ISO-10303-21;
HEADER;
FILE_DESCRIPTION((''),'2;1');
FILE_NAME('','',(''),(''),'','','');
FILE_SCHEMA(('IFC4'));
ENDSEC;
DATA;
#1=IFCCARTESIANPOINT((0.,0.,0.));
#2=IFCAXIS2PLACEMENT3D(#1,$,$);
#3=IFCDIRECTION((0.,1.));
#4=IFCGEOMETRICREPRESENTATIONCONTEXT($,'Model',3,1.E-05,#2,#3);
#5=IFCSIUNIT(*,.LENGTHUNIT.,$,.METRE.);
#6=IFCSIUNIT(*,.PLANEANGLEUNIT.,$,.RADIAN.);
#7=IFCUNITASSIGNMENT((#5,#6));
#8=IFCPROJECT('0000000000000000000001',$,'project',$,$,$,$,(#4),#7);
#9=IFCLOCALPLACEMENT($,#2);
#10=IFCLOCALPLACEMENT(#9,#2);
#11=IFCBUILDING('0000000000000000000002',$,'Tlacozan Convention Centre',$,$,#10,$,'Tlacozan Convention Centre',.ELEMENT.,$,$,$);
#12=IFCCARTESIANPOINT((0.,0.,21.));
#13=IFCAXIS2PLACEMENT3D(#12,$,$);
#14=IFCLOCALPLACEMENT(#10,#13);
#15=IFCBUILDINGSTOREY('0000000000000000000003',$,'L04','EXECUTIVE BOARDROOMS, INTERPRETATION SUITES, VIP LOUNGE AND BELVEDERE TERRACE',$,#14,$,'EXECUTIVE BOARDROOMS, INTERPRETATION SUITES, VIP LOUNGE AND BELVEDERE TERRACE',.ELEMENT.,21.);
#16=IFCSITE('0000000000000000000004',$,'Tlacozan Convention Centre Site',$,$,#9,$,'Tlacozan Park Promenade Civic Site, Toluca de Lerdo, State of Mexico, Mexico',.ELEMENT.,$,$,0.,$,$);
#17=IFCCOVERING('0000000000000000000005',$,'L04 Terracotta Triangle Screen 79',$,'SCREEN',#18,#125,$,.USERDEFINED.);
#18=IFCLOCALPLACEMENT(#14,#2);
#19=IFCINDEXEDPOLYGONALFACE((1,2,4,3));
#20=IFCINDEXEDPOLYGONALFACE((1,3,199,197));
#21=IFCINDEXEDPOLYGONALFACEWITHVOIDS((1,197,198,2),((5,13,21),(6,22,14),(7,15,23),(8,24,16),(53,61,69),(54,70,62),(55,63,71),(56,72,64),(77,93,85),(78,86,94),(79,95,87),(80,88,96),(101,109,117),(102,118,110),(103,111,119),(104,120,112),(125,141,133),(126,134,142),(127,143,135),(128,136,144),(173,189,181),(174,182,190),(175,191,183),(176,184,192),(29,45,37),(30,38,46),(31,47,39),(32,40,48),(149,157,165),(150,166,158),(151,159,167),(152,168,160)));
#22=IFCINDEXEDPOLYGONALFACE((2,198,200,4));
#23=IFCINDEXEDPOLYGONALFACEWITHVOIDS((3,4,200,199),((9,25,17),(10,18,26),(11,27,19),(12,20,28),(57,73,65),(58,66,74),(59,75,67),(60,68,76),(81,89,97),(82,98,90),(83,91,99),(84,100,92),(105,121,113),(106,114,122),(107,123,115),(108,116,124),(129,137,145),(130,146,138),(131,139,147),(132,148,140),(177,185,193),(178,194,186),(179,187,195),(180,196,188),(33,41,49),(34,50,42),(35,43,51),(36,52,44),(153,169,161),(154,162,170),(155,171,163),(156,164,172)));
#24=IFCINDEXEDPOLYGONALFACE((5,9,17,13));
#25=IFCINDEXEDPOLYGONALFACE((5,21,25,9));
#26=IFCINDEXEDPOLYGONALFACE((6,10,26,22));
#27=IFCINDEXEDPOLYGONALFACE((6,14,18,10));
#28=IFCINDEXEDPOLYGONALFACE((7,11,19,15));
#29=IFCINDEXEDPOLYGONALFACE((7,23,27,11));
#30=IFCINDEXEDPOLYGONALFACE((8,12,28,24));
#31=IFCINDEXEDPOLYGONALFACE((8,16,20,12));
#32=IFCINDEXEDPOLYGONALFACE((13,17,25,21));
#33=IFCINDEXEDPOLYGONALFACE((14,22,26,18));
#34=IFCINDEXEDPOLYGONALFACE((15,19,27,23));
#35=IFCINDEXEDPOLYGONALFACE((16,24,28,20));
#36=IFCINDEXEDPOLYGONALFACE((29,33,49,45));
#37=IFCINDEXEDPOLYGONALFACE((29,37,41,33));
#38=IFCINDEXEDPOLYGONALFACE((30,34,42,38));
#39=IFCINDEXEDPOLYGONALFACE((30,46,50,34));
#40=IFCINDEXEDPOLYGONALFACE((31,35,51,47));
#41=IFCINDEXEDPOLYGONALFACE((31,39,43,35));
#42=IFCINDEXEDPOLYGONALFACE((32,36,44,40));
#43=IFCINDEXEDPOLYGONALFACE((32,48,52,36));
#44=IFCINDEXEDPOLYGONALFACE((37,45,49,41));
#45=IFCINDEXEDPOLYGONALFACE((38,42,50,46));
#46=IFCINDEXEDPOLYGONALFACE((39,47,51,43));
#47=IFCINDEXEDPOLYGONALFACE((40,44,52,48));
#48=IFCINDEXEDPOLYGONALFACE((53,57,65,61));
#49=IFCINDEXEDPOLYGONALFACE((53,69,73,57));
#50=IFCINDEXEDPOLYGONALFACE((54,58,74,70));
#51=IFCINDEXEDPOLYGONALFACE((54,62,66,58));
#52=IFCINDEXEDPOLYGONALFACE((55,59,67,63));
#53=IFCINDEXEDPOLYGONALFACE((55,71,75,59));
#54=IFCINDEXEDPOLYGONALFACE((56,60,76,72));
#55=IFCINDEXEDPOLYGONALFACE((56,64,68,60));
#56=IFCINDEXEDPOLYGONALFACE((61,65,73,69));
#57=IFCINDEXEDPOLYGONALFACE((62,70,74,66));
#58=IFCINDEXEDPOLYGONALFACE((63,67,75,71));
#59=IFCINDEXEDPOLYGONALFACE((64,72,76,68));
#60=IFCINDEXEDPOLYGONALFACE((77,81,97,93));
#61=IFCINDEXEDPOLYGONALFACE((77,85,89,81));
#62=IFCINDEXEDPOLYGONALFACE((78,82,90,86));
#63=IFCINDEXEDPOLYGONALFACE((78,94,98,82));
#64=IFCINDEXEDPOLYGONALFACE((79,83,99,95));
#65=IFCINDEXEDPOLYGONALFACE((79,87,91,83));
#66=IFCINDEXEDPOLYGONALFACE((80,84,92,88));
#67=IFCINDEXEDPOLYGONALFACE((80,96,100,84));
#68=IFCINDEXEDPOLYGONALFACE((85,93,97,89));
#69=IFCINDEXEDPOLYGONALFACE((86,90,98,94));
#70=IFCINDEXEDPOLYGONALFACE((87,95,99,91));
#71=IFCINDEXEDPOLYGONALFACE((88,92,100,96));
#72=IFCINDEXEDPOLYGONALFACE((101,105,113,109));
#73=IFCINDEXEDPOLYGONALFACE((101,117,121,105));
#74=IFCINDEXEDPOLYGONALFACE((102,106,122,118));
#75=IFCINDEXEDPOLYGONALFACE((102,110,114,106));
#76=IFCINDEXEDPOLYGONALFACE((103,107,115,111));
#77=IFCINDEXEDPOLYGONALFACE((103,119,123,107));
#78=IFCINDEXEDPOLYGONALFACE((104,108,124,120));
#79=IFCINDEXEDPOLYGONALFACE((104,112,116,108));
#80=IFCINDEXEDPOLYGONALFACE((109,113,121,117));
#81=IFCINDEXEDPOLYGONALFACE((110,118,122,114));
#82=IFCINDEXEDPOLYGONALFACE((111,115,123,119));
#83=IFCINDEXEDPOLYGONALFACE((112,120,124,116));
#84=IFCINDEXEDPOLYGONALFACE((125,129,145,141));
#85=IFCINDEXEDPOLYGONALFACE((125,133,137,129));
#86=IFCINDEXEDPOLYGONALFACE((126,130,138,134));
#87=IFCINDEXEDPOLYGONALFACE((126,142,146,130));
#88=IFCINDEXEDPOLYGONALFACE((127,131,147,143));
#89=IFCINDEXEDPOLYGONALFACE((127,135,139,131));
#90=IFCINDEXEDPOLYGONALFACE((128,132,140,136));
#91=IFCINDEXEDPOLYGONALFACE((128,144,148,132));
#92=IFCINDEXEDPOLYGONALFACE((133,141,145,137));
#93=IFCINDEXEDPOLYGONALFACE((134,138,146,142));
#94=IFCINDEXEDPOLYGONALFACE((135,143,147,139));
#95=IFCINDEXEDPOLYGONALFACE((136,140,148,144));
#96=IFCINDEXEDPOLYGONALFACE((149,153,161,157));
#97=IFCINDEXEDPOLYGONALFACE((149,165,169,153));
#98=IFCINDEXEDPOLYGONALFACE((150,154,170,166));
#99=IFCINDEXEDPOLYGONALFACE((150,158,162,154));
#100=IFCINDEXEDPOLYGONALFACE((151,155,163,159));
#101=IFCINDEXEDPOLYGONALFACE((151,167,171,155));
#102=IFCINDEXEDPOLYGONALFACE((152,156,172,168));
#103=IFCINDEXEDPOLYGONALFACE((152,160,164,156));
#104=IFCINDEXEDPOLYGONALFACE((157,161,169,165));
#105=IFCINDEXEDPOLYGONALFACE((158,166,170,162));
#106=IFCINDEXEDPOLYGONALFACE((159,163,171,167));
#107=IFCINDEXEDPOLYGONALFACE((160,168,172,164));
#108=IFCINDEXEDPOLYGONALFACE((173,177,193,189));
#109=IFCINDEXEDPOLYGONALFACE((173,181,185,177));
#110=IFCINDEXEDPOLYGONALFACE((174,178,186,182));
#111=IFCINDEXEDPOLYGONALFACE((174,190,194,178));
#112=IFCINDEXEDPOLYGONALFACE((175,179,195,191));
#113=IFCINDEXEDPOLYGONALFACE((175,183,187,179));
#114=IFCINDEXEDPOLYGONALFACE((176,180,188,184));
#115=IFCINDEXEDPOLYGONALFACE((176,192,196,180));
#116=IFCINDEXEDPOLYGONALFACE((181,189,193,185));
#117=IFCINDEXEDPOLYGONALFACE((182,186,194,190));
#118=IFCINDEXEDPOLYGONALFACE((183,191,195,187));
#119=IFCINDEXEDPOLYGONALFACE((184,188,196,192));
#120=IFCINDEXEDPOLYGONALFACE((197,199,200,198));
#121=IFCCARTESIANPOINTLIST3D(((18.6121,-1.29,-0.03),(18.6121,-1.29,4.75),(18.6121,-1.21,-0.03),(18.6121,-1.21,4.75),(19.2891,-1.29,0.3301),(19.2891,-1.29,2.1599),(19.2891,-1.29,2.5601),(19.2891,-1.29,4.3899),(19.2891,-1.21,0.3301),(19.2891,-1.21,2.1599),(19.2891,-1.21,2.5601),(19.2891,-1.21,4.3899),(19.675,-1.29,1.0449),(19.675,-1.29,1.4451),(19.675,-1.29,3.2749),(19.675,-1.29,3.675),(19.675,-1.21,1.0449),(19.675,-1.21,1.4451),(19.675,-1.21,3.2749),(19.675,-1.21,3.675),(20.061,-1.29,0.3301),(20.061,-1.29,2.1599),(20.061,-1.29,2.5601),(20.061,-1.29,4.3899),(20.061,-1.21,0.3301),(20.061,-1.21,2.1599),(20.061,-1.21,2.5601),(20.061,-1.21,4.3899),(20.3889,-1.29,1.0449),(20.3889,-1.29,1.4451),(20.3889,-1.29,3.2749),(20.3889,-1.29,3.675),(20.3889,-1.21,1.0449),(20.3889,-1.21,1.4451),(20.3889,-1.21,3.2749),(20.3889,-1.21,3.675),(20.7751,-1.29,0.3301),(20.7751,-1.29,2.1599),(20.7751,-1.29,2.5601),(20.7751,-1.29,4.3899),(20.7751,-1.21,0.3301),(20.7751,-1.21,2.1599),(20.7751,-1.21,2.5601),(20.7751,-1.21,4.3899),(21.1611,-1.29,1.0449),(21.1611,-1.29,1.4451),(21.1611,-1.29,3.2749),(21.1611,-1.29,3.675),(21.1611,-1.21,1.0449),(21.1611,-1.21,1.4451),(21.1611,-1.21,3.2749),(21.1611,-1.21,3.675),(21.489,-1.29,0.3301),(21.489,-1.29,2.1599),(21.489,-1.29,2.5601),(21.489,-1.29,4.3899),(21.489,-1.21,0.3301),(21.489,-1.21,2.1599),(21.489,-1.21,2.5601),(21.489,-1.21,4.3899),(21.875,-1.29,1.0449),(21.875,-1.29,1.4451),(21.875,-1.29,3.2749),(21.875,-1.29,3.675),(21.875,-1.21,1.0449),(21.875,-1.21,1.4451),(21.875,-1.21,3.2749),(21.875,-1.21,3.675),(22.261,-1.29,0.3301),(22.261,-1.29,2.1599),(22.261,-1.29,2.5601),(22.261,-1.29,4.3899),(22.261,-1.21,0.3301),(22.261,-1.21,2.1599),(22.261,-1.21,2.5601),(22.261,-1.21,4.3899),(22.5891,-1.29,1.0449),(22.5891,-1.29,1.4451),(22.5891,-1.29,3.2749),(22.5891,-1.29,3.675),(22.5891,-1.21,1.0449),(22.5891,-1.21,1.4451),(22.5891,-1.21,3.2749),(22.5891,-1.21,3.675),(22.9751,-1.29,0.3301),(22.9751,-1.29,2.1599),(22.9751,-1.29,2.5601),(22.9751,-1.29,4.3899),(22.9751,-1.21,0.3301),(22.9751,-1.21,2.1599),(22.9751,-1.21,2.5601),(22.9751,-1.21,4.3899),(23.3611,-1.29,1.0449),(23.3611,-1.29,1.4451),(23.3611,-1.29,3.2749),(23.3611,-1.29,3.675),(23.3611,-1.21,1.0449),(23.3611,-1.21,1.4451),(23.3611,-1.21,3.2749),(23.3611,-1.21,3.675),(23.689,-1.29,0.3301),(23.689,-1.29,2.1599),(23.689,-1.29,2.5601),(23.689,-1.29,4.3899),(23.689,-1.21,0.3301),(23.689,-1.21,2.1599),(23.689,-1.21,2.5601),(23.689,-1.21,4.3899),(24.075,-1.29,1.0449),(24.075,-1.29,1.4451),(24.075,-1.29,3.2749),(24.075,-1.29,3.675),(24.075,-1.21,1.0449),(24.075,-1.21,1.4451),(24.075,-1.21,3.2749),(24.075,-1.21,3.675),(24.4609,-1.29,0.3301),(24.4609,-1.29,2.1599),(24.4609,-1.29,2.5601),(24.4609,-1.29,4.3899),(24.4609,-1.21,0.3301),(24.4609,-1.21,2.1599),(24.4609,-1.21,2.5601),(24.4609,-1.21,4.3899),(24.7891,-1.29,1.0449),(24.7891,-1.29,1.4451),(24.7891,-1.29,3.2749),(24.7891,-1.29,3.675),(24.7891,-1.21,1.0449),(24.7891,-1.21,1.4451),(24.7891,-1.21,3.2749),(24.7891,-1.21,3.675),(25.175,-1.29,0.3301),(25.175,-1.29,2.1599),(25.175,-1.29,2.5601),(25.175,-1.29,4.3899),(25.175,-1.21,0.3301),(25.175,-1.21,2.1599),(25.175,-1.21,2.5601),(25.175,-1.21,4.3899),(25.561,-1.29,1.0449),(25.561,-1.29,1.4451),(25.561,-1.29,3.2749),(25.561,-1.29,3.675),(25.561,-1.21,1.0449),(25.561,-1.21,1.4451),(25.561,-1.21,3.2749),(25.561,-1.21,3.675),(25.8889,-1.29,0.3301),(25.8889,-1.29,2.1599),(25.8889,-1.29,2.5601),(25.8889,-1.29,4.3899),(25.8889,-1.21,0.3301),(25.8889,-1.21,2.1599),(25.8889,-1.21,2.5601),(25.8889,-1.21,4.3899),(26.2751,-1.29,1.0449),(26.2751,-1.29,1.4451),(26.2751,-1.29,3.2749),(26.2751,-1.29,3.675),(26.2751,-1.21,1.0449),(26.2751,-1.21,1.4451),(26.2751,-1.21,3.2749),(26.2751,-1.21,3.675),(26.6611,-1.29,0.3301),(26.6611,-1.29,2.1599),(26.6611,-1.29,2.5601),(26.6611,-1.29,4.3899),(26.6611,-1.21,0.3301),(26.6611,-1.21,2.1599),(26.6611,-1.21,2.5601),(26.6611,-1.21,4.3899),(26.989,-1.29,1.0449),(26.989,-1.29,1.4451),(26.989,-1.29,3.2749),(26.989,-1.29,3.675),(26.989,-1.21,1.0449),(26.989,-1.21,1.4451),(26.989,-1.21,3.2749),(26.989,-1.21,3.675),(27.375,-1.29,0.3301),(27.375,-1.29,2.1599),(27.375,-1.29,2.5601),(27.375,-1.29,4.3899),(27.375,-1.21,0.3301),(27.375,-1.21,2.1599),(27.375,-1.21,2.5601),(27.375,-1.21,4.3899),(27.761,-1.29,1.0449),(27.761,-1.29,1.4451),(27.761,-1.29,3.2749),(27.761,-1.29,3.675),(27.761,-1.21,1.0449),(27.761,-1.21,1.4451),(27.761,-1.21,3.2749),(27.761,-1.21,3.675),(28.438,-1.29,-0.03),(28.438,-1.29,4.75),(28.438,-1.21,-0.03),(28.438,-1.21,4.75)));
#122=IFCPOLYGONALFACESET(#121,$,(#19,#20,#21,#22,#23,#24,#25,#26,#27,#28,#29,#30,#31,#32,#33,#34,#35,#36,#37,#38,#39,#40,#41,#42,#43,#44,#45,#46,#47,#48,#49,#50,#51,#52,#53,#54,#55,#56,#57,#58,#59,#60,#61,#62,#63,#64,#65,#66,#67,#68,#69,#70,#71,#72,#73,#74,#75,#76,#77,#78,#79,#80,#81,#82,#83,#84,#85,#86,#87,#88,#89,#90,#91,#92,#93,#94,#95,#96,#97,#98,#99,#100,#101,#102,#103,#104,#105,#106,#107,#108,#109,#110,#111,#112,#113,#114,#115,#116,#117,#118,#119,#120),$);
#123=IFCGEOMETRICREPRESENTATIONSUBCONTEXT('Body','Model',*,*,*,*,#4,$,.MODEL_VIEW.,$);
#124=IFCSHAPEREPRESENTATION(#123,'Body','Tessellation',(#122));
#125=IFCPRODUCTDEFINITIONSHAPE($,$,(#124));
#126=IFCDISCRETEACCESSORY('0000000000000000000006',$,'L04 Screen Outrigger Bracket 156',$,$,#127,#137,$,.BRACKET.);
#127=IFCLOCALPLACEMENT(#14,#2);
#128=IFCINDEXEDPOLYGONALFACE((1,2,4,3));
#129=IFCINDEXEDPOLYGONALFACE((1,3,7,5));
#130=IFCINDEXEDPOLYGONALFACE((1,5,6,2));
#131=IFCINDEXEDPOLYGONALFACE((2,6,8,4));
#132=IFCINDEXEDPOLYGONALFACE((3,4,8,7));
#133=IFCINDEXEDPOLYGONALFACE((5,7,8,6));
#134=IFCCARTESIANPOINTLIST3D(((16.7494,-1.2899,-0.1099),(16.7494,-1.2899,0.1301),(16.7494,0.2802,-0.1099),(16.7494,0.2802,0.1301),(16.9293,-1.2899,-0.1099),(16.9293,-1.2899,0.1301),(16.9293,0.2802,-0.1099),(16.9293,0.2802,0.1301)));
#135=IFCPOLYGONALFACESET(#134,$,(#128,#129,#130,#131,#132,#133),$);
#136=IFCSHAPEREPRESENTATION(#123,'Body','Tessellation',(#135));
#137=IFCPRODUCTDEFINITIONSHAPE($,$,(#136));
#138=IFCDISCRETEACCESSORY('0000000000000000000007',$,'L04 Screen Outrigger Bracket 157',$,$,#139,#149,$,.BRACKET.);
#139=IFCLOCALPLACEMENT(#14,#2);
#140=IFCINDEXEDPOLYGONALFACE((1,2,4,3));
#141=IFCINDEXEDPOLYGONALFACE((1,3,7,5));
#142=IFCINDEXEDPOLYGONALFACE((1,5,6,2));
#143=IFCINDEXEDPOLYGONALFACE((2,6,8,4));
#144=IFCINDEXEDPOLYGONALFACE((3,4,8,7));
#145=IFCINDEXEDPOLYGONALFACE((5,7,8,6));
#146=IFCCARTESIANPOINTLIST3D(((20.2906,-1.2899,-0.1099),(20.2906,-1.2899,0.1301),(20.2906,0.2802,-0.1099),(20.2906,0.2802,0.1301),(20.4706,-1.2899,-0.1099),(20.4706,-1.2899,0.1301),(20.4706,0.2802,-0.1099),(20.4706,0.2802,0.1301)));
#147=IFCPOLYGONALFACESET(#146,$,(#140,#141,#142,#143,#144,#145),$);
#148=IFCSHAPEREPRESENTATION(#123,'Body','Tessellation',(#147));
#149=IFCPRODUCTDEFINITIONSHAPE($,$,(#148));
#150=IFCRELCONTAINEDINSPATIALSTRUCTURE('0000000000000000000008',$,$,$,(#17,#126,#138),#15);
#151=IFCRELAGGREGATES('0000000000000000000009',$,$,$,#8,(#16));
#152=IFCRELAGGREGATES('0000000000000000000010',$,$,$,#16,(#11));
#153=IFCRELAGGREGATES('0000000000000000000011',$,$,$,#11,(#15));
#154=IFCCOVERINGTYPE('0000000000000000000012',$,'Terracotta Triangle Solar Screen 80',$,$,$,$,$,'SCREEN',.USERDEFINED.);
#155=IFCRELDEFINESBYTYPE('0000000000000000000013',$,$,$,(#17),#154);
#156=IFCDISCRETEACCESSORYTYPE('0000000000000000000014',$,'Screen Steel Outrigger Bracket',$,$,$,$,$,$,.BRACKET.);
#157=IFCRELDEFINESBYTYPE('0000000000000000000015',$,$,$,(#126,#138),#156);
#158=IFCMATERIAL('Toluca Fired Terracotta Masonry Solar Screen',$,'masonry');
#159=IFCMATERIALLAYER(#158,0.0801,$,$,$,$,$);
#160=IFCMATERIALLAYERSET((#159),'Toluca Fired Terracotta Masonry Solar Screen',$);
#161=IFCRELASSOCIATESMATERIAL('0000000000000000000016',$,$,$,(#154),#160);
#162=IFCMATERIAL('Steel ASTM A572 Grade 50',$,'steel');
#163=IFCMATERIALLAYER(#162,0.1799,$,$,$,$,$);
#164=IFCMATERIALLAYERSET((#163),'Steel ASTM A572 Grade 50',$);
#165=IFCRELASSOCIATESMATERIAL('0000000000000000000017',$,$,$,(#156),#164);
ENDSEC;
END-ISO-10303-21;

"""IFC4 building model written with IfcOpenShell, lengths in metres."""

from ifc_helpers import new_model, si_unit, direction, frame, origin, origin_2d, place, context, subcontext, project, spatial, polyline, rectangle, outline, extrude, material, layer, layer_set, type_object, element, save


model = new_model("IFC4")

# Units and contexts
model_context = context("Model", 3, precision=1e-05, world=origin(), true_north=direction((0.0, 1.0)))
body_context = subcontext(model_context, "Body", "Model", "MODEL_VIEW")
ifc_project = project(units=[si_unit("LENGTHUNIT", "METRE"), si_unit("PLANEANGLEUNIT", "RADIAN")], contexts=[model_context])

# Site, building, storey
site_placement = place(None, origin())
site = spatial("IfcSite", under=ifc_project, at=site_placement, Name="Tlacozan Convention Centre Site", LongName="Tlacozan Park Promenade Civic Site, Toluca de Lerdo, State of Mexico, Mexico", CompositionType="ELEMENT", RefElevation=0.0)
building_placement = place(site_placement, origin())
building = spatial("IfcBuilding", under=site, at=building_placement, Name="Tlacozan Convention Centre", LongName="Tlacozan Convention Centre", CompositionType="ELEMENT")
storey_placement = place(building_placement, frame((0.0, 0.0, 21.0)))
storey = spatial("IfcBuildingStorey", under=building, at=storey_placement, Name="L04", Description="EXECUTIVE BOARDROOMS, INTERPRETATION SUITES, VIP LOUNGE AND BELVEDERE TERRACE", LongName="EXECUTIVE BOARDROOMS, INTERPRETATION SUITES, VIP LOUNGE AND BELVEDERE TERRACE", CompositionType="ELEMENT", Elevation=21.0)

# Covering
ifc_material_1 = material(Name="Toluca Fired Terracotta Masonry Solar Screen", Category="masonry")
ifc_layer_1 = layer(ifc_material_1, 0.0801)
ifc_layer_set_1 = layer_set([ifc_layer_1], Name="Toluca Fired Terracotta Masonry Solar Screen")
covering_type = type_object("IfcCoveringType", Name="Terracotta Triangle Solar Screen 80", ElementType="SCREEN", PredefinedType="USERDEFINED", material=ifc_layer_set_1)
covering_placement = place(storey_placement, frame((18.6121, -1.25, -0.03), z_axis=(0.0, 0.0, 1.0), x_axis=(1.0, 0.0, 0.0)))
element("IfcCovering", 1, at=covering_placement, inside=storey, type_object=covering_type, Name="L04 Terracotta Triangle Screen 79", ObjectType="SCREEN", PredefinedType="USERDEFINED", context=body_context, shape_type="SweptSolid", body=[
    extrude(outline(polyline([(0.0, 0.0), (9.8259, 0.0), (9.8259, 4.78), (0.0, 4.78), (0.0, 0.0)]), holes=[polyline([(0.677, 0.3601), (1.449, 0.3601), (1.063, 1.075), (0.677, 0.3601)]), polyline([(1.7769, 1.075), (2.5491, 1.075), (2.1631, 0.3601), (1.7769, 1.075)]), polyline([(2.877, 0.3601), (3.6489, 0.3601), (3.2629, 1.075), (2.877, 0.3601)]), polyline([(3.9771, 1.075), (4.749, 1.075), (4.363, 0.3601), (3.9771, 1.075)]), polyline([(5.0769, 0.3601), (5.8489, 0.3601), (5.4629, 1.075), (5.0769, 0.3601)]), polyline([(6.177, 1.075), (6.949, 1.075), (6.563, 0.3601), (6.177, 1.075)]), polyline([(7.2769, 0.3601), (8.0491, 0.3601), (7.6631, 1.075), (7.2769, 0.3601)]), polyline([(8.377, 1.075), (9.1489, 1.075), (8.7629, 0.3601), (8.377, 1.075)]), polyline([(0.677, 2.1899), (1.449, 2.1899), (1.063, 1.4751), (0.677, 2.1899)]), polyline([(1.7769, 1.4751), (2.5491, 1.4751), (2.1631, 2.1899), (1.7769, 1.4751)]), polyline([(2.877, 2.1899), (3.6489, 2.1899), (3.2629, 1.4751), (2.877, 2.1899)]), polyline([(3.9771, 1.4751), (4.749, 1.4751), (4.363, 2.1899), (3.9771, 1.4751)]), polyline([(5.0769, 2.1899), (5.8489, 2.1899), (5.4629, 1.4751), (5.0769, 2.1899)]), polyline([(6.177, 1.4751), (6.949, 1.4751), (6.563, 2.1899), (6.177, 1.4751)]), polyline([(7.2769, 2.1899), (8.0491, 2.1899), (7.6631, 1.4751), (7.2769, 2.1899)]), polyline([(8.377, 1.4751), (9.1489, 1.4751), (8.7629, 2.1899), (8.377, 1.4751)]), polyline([(0.677, 2.5901), (1.449, 2.5901), (1.063, 3.3049), (0.677, 2.5901)]), polyline([(1.7769, 3.3049), (2.5491, 3.3049), (2.1631, 2.5901), (1.7769, 3.3049)]), polyline([(2.877, 2.5901), (3.6489, 2.5901), (3.2629, 3.3049), (2.877, 2.5901)]), polyline([(3.9771, 3.3049), (4.749, 3.3049), (4.363, 2.5901), (3.9771, 3.3049)]), polyline([(5.0769, 2.5901), (5.8489, 2.5901), (5.4629, 3.3049), (5.0769, 2.5901)]), polyline([(6.177, 3.3049), (6.949, 3.3049), (6.563, 2.5901), (6.177, 3.3049)]), polyline([(7.2769, 2.5901), (8.0491, 2.5901), (7.6631, 3.3049), (7.2769, 2.5901)]), polyline([(8.377, 3.3049), (9.1489, 3.3049), (8.7629, 2.5901), (8.377, 3.3049)]), polyline([(0.677, 4.4199), (1.449, 4.4199), (1.063, 3.7051), (0.677, 4.4199)]), polyline([(1.7769, 3.7051), (2.5491, 3.7051), (2.1631, 4.4199), (1.7769, 3.7051)]), polyline([(2.877, 4.4199), (3.6489, 4.4199), (3.2629, 3.7051), (2.877, 4.4199)]), polyline([(3.9771, 3.7051), (4.749, 3.7051), (4.363, 4.4199), (3.9771, 3.7051)]), polyline([(5.0769, 4.4199), (5.8489, 4.4199), (5.4629, 3.7051), (5.0769, 4.4199)]), polyline([(6.177, 3.7051), (6.949, 3.7051), (6.563, 4.4199), (6.177, 3.7051)]), polyline([(7.2769, 4.4199), (8.0491, 4.4199), (7.6631, 3.7051), (7.2769, 4.4199)]), polyline([(8.377, 3.7051), (9.1489, 3.7051), (8.7629, 4.4199), (8.377, 3.7051)])]), frame((0.0, 0.04, 0.0), z_axis=(0.0, -1.0, 0.0), x_axis=(1.0, 0.0, 0.0)), (0.0, 0.0, 1.0), 0.0801),
])

# Discrete accessories
ifc_material_2 = material(Name="Steel ASTM A572 Grade 50", Category="steel")
ifc_layer_2 = layer(ifc_material_2, 0.1799)
ifc_layer_set_2 = layer_set([ifc_layer_2], Name="Steel ASTM A572 Grade 50")
discrete_accessory_type = type_object("IfcDiscreteAccessoryType", Name="Screen Steel Outrigger Bracket", PredefinedType="BRACKET", material=ifc_layer_set_2)
for number, where, z_axis, x_axis, name in (
    (2, (16.8394, -0.5049, -0.1099), (0.0, 0.0, 1.0), (0.0, 1.0, 0.0), "L04 Screen Outrigger Bracket 156"),
    (3, (20.3806, -0.5049, -0.1099), (0.0, 0.0, 1.0), (0.0, 1.0, 0.0), "L04 Screen Outrigger Bracket 157"),
):
    element("IfcDiscreteAccessory", number, at=place(storey_placement, frame(where, z_axis=z_axis, x_axis=x_axis)), inside=storey, type_object=discrete_accessory_type, Name=name, PredefinedType="BRACKET", context=body_context, shape_type="SweptSolid", body=[
        extrude(rectangle(XDim=1.5701, YDim=0.1799, at=origin_2d()), origin(), (0.0, 0.0, 1.0), 0.24),
    ])

save(model, "model.ifc")
